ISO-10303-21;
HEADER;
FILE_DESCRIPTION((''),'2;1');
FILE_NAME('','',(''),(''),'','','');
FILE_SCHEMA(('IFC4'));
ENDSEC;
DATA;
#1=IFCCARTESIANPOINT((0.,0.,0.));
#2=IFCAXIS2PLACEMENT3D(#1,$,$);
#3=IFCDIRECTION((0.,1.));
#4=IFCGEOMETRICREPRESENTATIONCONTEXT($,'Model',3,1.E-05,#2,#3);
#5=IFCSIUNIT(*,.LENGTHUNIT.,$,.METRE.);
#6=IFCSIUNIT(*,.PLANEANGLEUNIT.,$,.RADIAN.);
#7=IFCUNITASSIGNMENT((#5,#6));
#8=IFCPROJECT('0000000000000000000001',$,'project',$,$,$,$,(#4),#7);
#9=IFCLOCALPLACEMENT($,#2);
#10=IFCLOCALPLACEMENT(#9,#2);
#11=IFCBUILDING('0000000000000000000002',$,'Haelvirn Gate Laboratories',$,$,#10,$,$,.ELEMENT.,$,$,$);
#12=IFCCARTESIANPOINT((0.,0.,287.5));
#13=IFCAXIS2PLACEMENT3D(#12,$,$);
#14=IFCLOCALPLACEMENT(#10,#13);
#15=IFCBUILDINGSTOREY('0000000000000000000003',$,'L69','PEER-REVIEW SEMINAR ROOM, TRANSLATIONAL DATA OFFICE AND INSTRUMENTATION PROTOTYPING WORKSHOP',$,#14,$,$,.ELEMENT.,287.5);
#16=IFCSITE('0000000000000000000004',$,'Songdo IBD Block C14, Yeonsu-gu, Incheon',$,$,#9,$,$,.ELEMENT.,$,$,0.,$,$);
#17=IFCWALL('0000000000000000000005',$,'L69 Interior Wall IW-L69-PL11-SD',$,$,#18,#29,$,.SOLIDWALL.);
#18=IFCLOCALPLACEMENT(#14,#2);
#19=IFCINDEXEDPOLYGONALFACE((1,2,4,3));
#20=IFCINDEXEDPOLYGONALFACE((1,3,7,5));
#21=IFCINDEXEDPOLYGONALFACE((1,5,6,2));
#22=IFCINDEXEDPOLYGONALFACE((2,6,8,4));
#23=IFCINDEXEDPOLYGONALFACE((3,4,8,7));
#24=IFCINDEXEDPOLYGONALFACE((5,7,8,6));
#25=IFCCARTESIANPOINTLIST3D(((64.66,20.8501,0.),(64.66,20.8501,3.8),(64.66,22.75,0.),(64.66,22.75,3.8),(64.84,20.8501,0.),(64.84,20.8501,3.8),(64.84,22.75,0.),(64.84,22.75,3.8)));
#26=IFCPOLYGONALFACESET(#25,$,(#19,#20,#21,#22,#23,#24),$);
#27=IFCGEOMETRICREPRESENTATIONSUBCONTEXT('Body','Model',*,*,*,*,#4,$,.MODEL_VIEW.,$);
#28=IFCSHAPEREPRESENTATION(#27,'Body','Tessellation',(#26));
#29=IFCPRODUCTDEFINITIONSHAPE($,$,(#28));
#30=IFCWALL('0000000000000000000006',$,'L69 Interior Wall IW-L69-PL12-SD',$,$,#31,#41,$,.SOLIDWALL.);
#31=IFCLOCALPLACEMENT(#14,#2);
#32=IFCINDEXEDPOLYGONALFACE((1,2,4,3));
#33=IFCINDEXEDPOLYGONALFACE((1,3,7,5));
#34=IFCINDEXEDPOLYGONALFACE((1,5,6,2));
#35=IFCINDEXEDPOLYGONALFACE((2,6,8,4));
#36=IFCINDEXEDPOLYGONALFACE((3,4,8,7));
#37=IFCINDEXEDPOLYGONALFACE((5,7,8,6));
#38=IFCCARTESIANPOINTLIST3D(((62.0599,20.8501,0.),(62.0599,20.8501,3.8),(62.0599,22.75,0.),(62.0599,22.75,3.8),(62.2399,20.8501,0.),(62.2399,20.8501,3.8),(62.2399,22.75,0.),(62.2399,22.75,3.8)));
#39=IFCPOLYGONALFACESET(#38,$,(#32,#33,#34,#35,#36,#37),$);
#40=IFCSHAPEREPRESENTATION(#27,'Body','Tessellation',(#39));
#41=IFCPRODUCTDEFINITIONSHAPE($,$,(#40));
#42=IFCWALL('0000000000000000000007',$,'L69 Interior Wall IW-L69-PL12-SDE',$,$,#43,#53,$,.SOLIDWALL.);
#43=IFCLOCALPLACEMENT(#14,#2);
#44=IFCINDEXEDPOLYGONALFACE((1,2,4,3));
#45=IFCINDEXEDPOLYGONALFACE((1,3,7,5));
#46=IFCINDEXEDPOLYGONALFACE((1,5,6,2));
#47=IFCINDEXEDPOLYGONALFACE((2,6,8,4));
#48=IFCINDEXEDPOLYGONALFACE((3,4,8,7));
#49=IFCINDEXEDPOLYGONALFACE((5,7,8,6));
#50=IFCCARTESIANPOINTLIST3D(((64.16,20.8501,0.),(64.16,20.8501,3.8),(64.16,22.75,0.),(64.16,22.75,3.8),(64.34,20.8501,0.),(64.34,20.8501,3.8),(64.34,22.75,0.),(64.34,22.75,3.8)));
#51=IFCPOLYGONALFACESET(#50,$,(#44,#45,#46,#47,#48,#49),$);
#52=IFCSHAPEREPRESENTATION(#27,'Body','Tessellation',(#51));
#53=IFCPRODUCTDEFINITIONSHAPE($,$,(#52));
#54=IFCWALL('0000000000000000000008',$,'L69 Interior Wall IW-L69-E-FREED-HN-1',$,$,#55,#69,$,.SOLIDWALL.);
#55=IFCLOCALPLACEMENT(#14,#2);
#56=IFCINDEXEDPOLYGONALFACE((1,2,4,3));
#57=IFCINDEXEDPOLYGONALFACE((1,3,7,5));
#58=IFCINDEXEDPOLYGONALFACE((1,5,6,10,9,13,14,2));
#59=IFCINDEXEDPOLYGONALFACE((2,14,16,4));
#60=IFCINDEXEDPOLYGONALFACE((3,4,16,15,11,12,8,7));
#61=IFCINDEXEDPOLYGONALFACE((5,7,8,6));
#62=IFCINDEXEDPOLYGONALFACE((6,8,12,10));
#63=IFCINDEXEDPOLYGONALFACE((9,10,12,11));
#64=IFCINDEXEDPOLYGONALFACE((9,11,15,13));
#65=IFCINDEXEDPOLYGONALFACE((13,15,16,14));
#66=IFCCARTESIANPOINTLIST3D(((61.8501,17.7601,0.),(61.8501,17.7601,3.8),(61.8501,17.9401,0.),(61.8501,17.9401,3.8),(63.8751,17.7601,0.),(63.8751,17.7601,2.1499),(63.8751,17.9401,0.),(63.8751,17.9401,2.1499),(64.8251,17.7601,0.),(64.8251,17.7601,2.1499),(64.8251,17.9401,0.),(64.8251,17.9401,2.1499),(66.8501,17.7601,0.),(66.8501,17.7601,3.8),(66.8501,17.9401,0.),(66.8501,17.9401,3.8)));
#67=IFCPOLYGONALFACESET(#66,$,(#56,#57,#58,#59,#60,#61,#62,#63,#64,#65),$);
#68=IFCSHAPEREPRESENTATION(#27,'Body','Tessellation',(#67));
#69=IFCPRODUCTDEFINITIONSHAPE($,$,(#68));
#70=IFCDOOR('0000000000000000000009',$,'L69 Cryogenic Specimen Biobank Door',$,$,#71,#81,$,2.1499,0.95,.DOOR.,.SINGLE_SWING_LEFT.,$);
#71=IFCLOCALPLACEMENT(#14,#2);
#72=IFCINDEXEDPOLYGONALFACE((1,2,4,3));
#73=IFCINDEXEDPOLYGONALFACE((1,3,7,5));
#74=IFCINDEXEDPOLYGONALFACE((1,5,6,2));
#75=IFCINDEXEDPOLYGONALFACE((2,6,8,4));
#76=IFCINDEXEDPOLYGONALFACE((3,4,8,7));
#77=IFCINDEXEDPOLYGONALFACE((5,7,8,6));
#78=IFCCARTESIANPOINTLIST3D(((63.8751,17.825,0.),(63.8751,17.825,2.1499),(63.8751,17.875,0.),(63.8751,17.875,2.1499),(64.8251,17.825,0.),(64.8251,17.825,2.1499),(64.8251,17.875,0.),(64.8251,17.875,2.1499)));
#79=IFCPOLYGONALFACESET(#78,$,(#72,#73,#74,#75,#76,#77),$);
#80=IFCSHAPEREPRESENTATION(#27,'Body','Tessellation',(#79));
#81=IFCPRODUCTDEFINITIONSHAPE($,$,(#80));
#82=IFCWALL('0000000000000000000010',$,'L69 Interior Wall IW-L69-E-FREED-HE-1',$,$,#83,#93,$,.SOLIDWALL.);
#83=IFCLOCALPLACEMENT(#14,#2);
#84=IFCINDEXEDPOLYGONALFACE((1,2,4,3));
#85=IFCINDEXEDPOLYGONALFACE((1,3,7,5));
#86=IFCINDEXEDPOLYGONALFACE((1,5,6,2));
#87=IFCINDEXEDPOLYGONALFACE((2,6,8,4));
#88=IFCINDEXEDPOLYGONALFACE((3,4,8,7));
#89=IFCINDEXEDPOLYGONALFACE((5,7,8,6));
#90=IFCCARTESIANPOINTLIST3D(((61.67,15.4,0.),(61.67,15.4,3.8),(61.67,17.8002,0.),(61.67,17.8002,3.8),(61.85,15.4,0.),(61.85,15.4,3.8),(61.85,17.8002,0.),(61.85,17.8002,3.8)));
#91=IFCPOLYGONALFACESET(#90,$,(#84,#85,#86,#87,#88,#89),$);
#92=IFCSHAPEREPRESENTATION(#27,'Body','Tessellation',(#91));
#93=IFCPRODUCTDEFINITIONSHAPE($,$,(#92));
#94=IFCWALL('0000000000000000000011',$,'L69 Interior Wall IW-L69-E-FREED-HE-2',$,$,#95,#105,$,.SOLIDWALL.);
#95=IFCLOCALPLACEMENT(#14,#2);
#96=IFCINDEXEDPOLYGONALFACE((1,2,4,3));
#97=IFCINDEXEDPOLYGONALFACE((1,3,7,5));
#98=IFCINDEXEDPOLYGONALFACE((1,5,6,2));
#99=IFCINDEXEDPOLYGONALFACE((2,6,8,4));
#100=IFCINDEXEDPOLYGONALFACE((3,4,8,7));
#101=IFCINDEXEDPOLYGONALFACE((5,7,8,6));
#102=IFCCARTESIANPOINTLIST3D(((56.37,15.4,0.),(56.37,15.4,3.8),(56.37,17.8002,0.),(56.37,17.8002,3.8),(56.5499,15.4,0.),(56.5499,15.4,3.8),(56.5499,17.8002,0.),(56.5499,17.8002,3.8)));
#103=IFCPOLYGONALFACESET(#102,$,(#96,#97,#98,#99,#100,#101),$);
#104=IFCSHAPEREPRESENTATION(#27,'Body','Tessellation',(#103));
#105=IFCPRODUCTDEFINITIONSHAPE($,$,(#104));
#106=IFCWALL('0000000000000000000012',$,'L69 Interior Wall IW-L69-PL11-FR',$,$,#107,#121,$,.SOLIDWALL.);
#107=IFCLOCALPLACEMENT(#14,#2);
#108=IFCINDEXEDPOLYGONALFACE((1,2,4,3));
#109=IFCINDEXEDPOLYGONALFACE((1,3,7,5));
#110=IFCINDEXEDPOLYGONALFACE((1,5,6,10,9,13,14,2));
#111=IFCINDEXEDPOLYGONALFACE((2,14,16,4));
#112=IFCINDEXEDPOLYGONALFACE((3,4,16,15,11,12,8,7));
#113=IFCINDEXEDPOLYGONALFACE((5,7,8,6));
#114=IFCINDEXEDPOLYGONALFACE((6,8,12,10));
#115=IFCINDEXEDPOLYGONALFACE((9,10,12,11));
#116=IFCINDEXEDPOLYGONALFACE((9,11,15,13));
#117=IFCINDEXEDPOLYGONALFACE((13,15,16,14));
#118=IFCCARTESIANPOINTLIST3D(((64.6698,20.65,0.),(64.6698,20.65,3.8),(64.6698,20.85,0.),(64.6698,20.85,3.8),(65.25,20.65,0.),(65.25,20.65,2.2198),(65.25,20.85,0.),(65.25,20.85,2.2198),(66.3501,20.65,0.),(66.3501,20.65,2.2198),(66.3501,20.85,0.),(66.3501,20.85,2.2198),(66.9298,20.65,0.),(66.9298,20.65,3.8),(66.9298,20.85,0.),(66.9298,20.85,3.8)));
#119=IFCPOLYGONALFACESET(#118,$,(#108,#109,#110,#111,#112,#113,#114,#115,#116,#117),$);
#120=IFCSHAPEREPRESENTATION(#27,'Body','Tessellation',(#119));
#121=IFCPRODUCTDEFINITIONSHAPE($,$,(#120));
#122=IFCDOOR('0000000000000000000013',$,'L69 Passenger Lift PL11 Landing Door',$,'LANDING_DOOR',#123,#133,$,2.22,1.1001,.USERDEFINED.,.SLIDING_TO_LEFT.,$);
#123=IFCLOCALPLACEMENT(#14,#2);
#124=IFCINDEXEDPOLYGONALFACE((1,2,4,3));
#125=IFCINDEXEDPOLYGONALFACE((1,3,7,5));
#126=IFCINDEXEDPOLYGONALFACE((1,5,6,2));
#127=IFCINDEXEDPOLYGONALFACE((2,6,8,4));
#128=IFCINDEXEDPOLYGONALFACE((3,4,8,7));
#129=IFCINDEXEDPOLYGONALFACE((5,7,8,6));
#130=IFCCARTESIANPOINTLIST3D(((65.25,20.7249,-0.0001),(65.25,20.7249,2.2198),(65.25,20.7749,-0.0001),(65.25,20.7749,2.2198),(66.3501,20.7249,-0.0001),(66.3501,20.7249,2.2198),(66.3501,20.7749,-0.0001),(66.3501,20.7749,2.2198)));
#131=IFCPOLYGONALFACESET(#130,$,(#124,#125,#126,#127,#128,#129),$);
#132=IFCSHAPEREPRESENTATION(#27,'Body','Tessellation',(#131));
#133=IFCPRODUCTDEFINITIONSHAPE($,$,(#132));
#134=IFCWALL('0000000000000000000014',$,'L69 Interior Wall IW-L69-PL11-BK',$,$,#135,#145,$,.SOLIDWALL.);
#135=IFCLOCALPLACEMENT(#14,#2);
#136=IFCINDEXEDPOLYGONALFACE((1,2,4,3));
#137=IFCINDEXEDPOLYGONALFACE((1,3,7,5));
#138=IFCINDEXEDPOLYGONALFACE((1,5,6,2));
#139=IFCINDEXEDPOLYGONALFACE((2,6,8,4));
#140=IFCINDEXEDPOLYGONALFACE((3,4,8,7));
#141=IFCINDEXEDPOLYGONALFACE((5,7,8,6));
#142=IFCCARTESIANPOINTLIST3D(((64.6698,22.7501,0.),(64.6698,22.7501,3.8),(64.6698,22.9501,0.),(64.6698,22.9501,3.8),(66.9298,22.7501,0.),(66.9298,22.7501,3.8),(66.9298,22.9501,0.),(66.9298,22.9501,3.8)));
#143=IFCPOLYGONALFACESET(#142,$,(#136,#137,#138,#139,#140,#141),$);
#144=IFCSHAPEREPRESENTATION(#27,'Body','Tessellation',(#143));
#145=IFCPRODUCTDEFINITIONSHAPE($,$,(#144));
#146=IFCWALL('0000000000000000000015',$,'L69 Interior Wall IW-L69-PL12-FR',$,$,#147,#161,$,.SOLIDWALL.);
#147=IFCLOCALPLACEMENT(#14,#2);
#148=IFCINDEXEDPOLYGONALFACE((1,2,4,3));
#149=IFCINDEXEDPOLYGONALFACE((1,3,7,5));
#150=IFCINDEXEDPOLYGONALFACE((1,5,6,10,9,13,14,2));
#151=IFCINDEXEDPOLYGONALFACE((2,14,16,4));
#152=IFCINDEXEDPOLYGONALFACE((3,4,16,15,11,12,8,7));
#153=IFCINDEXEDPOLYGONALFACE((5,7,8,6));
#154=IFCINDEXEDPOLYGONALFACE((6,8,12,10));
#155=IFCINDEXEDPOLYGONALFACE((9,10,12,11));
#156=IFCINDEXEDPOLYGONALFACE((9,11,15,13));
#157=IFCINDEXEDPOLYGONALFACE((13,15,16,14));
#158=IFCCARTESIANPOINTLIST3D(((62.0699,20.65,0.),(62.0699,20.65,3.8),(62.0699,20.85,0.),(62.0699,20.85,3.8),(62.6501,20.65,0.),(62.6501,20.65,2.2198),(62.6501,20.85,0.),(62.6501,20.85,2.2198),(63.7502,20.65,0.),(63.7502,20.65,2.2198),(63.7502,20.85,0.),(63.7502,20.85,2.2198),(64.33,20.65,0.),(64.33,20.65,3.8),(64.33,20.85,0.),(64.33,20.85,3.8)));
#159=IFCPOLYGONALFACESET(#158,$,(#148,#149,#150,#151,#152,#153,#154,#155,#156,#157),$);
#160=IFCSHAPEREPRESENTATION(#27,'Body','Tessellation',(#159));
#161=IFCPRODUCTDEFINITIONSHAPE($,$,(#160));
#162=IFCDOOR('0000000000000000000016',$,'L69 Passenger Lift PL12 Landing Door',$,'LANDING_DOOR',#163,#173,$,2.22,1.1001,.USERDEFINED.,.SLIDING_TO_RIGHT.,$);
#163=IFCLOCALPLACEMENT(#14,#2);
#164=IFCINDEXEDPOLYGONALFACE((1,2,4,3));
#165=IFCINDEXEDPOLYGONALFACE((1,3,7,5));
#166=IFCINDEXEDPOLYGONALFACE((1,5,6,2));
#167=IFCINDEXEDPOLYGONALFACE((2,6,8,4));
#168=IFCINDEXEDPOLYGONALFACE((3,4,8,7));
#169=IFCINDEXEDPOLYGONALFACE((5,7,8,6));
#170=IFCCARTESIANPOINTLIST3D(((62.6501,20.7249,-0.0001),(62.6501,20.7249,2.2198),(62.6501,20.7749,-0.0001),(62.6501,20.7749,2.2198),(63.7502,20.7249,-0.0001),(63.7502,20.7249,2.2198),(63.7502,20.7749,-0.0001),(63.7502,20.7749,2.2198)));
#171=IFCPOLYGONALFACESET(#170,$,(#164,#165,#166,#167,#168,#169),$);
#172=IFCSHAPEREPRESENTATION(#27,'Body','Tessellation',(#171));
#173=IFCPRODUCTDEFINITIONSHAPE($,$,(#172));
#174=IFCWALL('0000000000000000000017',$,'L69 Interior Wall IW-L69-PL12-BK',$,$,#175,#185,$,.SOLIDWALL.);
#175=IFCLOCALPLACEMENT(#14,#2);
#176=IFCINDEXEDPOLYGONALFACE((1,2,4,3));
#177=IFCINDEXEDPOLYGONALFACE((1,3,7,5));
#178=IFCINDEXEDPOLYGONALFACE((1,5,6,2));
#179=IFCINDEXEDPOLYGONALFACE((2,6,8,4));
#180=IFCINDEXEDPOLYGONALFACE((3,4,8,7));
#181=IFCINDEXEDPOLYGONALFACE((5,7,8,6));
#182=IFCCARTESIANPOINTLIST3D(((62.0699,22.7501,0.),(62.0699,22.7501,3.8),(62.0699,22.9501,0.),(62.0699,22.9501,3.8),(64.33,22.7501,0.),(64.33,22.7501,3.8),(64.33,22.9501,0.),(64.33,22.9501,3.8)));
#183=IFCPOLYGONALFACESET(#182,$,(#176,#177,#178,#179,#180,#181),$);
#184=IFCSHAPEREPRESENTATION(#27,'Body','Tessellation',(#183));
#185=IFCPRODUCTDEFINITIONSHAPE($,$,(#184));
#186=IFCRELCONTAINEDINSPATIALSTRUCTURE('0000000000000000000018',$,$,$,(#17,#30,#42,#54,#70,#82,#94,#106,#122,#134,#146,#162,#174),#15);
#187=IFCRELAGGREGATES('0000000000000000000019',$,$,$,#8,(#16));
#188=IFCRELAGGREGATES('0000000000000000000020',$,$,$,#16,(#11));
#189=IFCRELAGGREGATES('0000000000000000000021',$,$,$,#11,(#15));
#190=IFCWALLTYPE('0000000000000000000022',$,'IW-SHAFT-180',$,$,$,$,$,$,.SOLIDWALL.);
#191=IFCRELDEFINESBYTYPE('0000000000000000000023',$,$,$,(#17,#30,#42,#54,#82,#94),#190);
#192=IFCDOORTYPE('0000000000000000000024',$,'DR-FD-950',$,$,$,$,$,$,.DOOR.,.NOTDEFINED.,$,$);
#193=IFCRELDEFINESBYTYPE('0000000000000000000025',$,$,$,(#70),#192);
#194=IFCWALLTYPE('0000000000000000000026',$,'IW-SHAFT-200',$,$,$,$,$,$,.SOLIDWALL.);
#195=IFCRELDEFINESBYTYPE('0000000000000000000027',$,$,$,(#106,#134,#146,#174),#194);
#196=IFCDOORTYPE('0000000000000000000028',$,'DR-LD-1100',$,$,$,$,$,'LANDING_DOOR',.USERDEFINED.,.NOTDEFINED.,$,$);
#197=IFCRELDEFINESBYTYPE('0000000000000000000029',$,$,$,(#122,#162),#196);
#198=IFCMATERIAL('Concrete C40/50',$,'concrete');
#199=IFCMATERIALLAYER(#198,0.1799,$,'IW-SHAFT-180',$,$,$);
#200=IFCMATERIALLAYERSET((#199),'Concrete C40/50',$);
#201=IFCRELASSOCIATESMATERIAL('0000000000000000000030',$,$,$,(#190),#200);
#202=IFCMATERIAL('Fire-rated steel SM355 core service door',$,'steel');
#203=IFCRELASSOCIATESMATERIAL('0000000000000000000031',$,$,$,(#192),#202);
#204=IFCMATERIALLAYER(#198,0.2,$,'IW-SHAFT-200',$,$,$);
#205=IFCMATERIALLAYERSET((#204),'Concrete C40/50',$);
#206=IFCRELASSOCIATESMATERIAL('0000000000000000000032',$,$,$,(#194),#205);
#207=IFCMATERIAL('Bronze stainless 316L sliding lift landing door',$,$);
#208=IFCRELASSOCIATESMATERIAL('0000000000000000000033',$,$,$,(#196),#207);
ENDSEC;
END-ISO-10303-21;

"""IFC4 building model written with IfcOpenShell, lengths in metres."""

from ifc_helpers import new_model, si_unit, direction, frame, frame_2d, origin, place, context, subcontext, project, spatial, rectangle, extrude, source, transform, mapped, material, layer, layer_set, type_object, type_shapes, element, fill, save


model = new_model("IFC4")

# Units and contexts
model_context = context("Model", 3, precision=1e-05, world=origin(), true_north=direction((0.0, 1.0)))
body_context = subcontext(model_context, "Body", "Model", "MODEL_VIEW")
ifc_project = project(units=[si_unit("LENGTHUNIT", "METRE"), si_unit("PLANEANGLEUNIT", "RADIAN")], contexts=[model_context])

# Site, building, storey
site_placement = place(None, origin())
site = spatial("IfcSite", under=ifc_project, at=site_placement, Name="Songdo IBD Block C14, Yeonsu-gu, Incheon", CompositionType="ELEMENT", RefElevation=0.0)
building_placement = place(site_placement, origin())
building = spatial("IfcBuilding", under=site, at=building_placement, Name="Haelvirn Gate Laboratories", CompositionType="ELEMENT")
storey_placement = place(building_placement, frame((0.0, 0.0, 287.5)))
storey = spatial("IfcBuildingStorey", under=building, at=storey_placement, Name="L69", Description="PEER-REVIEW SEMINAR ROOM, TRANSLATIONAL DATA OFFICE AND INSTRUMENTATION PROTOTYPING WORKSHOP", CompositionType="ELEMENT", Elevation=287.5)

# Walls
ifc_material_1 = material(Name="Concrete C40/50", Category="concrete")
ifc_layer_1 = layer(ifc_material_1, 0.1799, Name="IW-SHAFT-180")
ifc_layer_set_1 = layer_set([ifc_layer_1], Name="Concrete C40/50")
wall_type_1 = type_object("IfcWallType", Name="IW-SHAFT-180", PredefinedType="SOLIDWALL", material=ifc_layer_set_1)
for number, where, z_axis, x_axis, name in (
    (1, (64.75, 20.8501, 0.0), (0.0, 0.0, 1.0), (0.0, 1.0, 0.0), "L69 Interior Wall IW-L69-PL11-SD"),
    (2, (62.1499, 20.8501, 0.0), (0.0, 0.0, 1.0), (0.0, 1.0, 0.0), "L69 Interior Wall IW-L69-PL12-SD"),
    (3, (64.25, 20.8501, 0.0), (0.0, 0.0, 1.0), (0.0, 1.0, 0.0), "L69 Interior Wall IW-L69-PL12-SDE"),
):
    element("IfcWall", number, at=place(storey_placement, frame(where, z_axis=z_axis, x_axis=x_axis)), inside=storey, type_object=wall_type_1, Name=name, PredefinedType="SOLIDWALL", context=body_context, shape_type="SweptSolid", body=[
        extrude(rectangle(XDim=1.8999, YDim=0.1799, at=frame_2d((0.95, 0.0))), origin(), (0.0, 0.0, 1.0), 3.8),
    ])

# Wall, opening, door
wall_1_placement = place(storey_placement, frame((61.8501, 17.8501, 0.0), z_axis=(0.0, 0.0, 1.0), x_axis=(1.0, 0.0, 0.0)))
wall_1 = element("IfcWall", 4, at=wall_1_placement, inside=storey, type_object=wall_type_1, Name="L69 Interior Wall IW-L69-E-FREED-HN-1", PredefinedType="SOLIDWALL", context=body_context, shape_type="SweptSolid", body=[
    extrude(rectangle(XDim=5.0, YDim=0.1799, at=frame_2d((2.5, 0.0))), origin(), (0.0, 0.0, 1.0), 3.8),
])
opening_1_placement = place(wall_1_placement, frame((2.0249, 0.0, 0.0)))
opening_1 = element("IfcOpeningElement", 5, at=opening_1_placement, cuts=wall_1, PredefinedType="OPENING", context=body_context, shape_type="SweptSolid", body=[
    extrude(rectangle(XDim=0.95, YDim=2.1499, at=frame_2d((0.4751, 1.075))), frame((0.0, 0.1001, 0.0), z_axis=(0.0, -1.0, 0.0), x_axis=(1.0, 0.0, 0.0)), (0.0, 0.0, 1.0), 0.2),
])
ifc_material_2 = material(Name="Fire-rated steel SM355 core service door", Category="steel")
door_type_1 = type_object("IfcDoorType", Name="DR-FD-950", OperationType="NOTDEFINED", PredefinedType="DOOR", material=ifc_material_2)
shared_shape_1 = source(origin(), body_context, "Body", "SweptSolid", [
    extrude(rectangle(XDim=0.95, YDim=2.1499, at=frame_2d((0.4751, 1.075))), frame((0.0, 0.0249, 0.0), z_axis=(0.0, -1.0, 0.0), x_axis=(1.0, 0.0, 0.0)), (0.0, 0.0, 1.0), 0.05),
])
type_shapes(door_type_1, [shared_shape_1])
door_1_placement = place(opening_1_placement, origin())
door_1 = element("IfcDoor", 6, at=door_1_placement, inside=storey, type_object=door_type_1, Name="L69 Cryogenic Specimen Biobank Door", OperationType="SINGLE_SWING_LEFT", OverallHeight=2.1499, OverallWidth=0.95, PredefinedType="DOOR", context=body_context, shape_type="MappedRepresentation", body=[
    mapped(shared_shape_1, transform((0.0, 0.0, 0.0), scale=1.0)),
])
fill(opening_1, door_1)

# Wall
wall_2_placement = place(storey_placement, frame((61.76, 15.3999, 0.0), z_axis=(0.0, 0.0, 1.0), x_axis=(0.0, 1.0, 0.0)))
element("IfcWall", 7, at=wall_2_placement, inside=storey, type_object=wall_type_1, Name="L69 Interior Wall IW-L69-E-FREED-HE-1", PredefinedType="SOLIDWALL", context=body_context, shape_type="SweptSolid", body=[
    extrude(rectangle(XDim=2.4001, YDim=0.1799, at=frame_2d((1.2002, 0.0))), origin(), (0.0, 0.0, 1.0), 3.8),
])

# Wall
wall_3_placement = place(storey_placement, frame((56.46, 15.3999, 0.0), z_axis=(0.0, 0.0, 1.0), x_axis=(0.0, 1.0, 0.0)))
element("IfcWall", 8, at=wall_3_placement, inside=storey, type_object=wall_type_1, Name="L69 Interior Wall IW-L69-E-FREED-HE-2", PredefinedType="SOLIDWALL", context=body_context, shape_type="SweptSolid", body=[
    extrude(rectangle(XDim=2.4001, YDim=0.1799, at=frame_2d((1.2002, 0.0))), origin(), (0.0, 0.0, 1.0), 3.8),
])

# Wall, opening, door
ifc_layer_2 = layer(ifc_material_1, 0.2, Name="IW-SHAFT-200")
ifc_layer_set_2 = layer_set([ifc_layer_2], Name="Concrete C40/50")
wall_type_2 = type_object("IfcWallType", Name="IW-SHAFT-200", PredefinedType="SOLIDWALL", material=ifc_layer_set_2)
wall_4_placement = place(storey_placement, frame((64.6699, 20.75, 0.0), z_axis=(0.0, 0.0, 1.0), x_axis=(1.0, 0.0, 0.0)))
wall_4 = element("IfcWall", 9, at=wall_4_placement, inside=storey, type_object=wall_type_2, Name="L69 Interior Wall IW-L69-PL11-FR", PredefinedType="SOLIDWALL", context=body_context, shape_type="SweptSolid", body=[
    extrude(rectangle(XDim=2.26, YDim=0.2, at=frame_2d((1.1299, 0.0))), origin(), (0.0, 0.0, 1.0), 3.8),
])
opening_2_placement = place(wall_4_placement, frame((0.5801, 0.0, 0.0)))
opening_2 = element("IfcOpeningElement", 10, at=opening_2_placement, cuts=wall_4, PredefinedType="OPENING", context=body_context, shape_type="SweptSolid", body=[
    extrude(rectangle(XDim=1.1001, YDim=2.22, at=frame_2d((0.55, 1.1099))), frame((0.0, 0.1099, 0.0), z_axis=(0.0, -1.0, 0.0), x_axis=(1.0, 0.0, 0.0)), (0.0, 0.0, 1.0), 0.22),
])
ifc_material_3 = material(Name="Bronze stainless 316L sliding lift landing door")
door_type_2 = type_object("IfcDoorType", Name="DR-LD-1100", ElementType="LANDING_DOOR", OperationType="NOTDEFINED", PredefinedType="USERDEFINED", material=ifc_material_3)
shared_shape_2 = source(origin(), body_context, "Body", "SweptSolid", [
    extrude(rectangle(XDim=1.1001, YDim=2.22, at=frame_2d((0.55, 1.1099))), frame((0.0, 0.0249, 0.0), z_axis=(0.0, -1.0, 0.0), x_axis=(1.0, 0.0, 0.0)), (0.0, 0.0, 1.0), 0.05),
])
type_shapes(door_type_2, [shared_shape_2])
door_2_placement = place(opening_2_placement, origin())
door_2 = element("IfcDoor", 11, at=door_2_placement, inside=storey, type_object=door_type_2, Name="L69 Passenger Lift PL11 Landing Door", ObjectType="LANDING_DOOR", OperationType="SLIDING_TO_LEFT", OverallHeight=2.22, OverallWidth=1.1001, PredefinedType="USERDEFINED", context=body_context, shape_type="MappedRepresentation", body=[
    mapped(shared_shape_2, transform((0.0, 0.0, 0.0), scale=1.0)),
])
fill(opening_2, door_2)

# Wall
wall_5_placement = place(storey_placement, frame((64.6699, 22.8501, 0.0), z_axis=(0.0, 0.0, 1.0), x_axis=(1.0, 0.0, 0.0)))
element("IfcWall", 12, at=wall_5_placement, inside=storey, type_object=wall_type_2, Name="L69 Interior Wall IW-L69-PL11-BK", PredefinedType="SOLIDWALL", context=body_context, shape_type="SweptSolid", body=[
    extrude(rectangle(XDim=2.26, YDim=0.2, at=frame_2d((1.1299, 0.0))), origin(), (0.0, 0.0, 1.0), 3.8),
])

# Wall, opening, door
wall_6_placement = place(storey_placement, frame((62.0701, 20.75, 0.0), z_axis=(0.0, 0.0, 1.0), x_axis=(1.0, 0.0, 0.0)))
wall_6 = element("IfcWall", 13, at=wall_6_placement, inside=storey, type_object=wall_type_2, Name="L69 Interior Wall IW-L69-PL12-FR", PredefinedType="SOLIDWALL", context=body_context, shape_type="SweptSolid", body=[
    extrude(rectangle(XDim=2.26, YDim=0.2, at=frame_2d((1.1299, 0.0))), origin(), (0.0, 0.0, 1.0), 3.8),
])
opening_3_placement = place(wall_6_placement, frame((0.5801, 0.0, 0.0)))
opening_3 = element("IfcOpeningElement", 14, at=opening_3_placement, cuts=wall_6, PredefinedType="OPENING", context=body_context, shape_type="SweptSolid", body=[
    extrude(rectangle(XDim=1.1001, YDim=2.22, at=frame_2d((0.55, 1.1099))), frame((0.0, 0.1099, 0.0), z_axis=(0.0, -1.0, 0.0), x_axis=(1.0, 0.0, 0.0)), (0.0, 0.0, 1.0), 0.22),
])
door_3_placement = place(opening_3_placement, origin())
door_3 = element("IfcDoor", 15, at=door_3_placement, inside=storey, type_object=door_type_2, Name="L69 Passenger Lift PL12 Landing Door", ObjectType="LANDING_DOOR", OperationType="SLIDING_TO_RIGHT", OverallHeight=2.22, OverallWidth=1.1001, PredefinedType="USERDEFINED", context=body_context, shape_type="MappedRepresentation", body=[
    mapped(shared_shape_2, transform((0.0, 0.0, 0.0), scale=1.0)),
])
fill(opening_3, door_3)

# Wall
wall_7_placement = place(storey_placement, frame((62.0701, 22.8501, 0.0), z_axis=(0.0, 0.0, 1.0), x_axis=(1.0, 0.0, 0.0)))
element("IfcWall", 16, at=wall_7_placement, inside=storey, type_object=wall_type_2, Name="L69 Interior Wall IW-L69-PL12-BK", PredefinedType="SOLIDWALL", context=body_context, shape_type="SweptSolid", body=[
    extrude(rectangle(XDim=2.26, YDim=0.2, at=frame_2d((1.1299, 0.0))), origin(), (0.0, 0.0, 1.0), 3.8),
])

save(model, "model.ifc")
